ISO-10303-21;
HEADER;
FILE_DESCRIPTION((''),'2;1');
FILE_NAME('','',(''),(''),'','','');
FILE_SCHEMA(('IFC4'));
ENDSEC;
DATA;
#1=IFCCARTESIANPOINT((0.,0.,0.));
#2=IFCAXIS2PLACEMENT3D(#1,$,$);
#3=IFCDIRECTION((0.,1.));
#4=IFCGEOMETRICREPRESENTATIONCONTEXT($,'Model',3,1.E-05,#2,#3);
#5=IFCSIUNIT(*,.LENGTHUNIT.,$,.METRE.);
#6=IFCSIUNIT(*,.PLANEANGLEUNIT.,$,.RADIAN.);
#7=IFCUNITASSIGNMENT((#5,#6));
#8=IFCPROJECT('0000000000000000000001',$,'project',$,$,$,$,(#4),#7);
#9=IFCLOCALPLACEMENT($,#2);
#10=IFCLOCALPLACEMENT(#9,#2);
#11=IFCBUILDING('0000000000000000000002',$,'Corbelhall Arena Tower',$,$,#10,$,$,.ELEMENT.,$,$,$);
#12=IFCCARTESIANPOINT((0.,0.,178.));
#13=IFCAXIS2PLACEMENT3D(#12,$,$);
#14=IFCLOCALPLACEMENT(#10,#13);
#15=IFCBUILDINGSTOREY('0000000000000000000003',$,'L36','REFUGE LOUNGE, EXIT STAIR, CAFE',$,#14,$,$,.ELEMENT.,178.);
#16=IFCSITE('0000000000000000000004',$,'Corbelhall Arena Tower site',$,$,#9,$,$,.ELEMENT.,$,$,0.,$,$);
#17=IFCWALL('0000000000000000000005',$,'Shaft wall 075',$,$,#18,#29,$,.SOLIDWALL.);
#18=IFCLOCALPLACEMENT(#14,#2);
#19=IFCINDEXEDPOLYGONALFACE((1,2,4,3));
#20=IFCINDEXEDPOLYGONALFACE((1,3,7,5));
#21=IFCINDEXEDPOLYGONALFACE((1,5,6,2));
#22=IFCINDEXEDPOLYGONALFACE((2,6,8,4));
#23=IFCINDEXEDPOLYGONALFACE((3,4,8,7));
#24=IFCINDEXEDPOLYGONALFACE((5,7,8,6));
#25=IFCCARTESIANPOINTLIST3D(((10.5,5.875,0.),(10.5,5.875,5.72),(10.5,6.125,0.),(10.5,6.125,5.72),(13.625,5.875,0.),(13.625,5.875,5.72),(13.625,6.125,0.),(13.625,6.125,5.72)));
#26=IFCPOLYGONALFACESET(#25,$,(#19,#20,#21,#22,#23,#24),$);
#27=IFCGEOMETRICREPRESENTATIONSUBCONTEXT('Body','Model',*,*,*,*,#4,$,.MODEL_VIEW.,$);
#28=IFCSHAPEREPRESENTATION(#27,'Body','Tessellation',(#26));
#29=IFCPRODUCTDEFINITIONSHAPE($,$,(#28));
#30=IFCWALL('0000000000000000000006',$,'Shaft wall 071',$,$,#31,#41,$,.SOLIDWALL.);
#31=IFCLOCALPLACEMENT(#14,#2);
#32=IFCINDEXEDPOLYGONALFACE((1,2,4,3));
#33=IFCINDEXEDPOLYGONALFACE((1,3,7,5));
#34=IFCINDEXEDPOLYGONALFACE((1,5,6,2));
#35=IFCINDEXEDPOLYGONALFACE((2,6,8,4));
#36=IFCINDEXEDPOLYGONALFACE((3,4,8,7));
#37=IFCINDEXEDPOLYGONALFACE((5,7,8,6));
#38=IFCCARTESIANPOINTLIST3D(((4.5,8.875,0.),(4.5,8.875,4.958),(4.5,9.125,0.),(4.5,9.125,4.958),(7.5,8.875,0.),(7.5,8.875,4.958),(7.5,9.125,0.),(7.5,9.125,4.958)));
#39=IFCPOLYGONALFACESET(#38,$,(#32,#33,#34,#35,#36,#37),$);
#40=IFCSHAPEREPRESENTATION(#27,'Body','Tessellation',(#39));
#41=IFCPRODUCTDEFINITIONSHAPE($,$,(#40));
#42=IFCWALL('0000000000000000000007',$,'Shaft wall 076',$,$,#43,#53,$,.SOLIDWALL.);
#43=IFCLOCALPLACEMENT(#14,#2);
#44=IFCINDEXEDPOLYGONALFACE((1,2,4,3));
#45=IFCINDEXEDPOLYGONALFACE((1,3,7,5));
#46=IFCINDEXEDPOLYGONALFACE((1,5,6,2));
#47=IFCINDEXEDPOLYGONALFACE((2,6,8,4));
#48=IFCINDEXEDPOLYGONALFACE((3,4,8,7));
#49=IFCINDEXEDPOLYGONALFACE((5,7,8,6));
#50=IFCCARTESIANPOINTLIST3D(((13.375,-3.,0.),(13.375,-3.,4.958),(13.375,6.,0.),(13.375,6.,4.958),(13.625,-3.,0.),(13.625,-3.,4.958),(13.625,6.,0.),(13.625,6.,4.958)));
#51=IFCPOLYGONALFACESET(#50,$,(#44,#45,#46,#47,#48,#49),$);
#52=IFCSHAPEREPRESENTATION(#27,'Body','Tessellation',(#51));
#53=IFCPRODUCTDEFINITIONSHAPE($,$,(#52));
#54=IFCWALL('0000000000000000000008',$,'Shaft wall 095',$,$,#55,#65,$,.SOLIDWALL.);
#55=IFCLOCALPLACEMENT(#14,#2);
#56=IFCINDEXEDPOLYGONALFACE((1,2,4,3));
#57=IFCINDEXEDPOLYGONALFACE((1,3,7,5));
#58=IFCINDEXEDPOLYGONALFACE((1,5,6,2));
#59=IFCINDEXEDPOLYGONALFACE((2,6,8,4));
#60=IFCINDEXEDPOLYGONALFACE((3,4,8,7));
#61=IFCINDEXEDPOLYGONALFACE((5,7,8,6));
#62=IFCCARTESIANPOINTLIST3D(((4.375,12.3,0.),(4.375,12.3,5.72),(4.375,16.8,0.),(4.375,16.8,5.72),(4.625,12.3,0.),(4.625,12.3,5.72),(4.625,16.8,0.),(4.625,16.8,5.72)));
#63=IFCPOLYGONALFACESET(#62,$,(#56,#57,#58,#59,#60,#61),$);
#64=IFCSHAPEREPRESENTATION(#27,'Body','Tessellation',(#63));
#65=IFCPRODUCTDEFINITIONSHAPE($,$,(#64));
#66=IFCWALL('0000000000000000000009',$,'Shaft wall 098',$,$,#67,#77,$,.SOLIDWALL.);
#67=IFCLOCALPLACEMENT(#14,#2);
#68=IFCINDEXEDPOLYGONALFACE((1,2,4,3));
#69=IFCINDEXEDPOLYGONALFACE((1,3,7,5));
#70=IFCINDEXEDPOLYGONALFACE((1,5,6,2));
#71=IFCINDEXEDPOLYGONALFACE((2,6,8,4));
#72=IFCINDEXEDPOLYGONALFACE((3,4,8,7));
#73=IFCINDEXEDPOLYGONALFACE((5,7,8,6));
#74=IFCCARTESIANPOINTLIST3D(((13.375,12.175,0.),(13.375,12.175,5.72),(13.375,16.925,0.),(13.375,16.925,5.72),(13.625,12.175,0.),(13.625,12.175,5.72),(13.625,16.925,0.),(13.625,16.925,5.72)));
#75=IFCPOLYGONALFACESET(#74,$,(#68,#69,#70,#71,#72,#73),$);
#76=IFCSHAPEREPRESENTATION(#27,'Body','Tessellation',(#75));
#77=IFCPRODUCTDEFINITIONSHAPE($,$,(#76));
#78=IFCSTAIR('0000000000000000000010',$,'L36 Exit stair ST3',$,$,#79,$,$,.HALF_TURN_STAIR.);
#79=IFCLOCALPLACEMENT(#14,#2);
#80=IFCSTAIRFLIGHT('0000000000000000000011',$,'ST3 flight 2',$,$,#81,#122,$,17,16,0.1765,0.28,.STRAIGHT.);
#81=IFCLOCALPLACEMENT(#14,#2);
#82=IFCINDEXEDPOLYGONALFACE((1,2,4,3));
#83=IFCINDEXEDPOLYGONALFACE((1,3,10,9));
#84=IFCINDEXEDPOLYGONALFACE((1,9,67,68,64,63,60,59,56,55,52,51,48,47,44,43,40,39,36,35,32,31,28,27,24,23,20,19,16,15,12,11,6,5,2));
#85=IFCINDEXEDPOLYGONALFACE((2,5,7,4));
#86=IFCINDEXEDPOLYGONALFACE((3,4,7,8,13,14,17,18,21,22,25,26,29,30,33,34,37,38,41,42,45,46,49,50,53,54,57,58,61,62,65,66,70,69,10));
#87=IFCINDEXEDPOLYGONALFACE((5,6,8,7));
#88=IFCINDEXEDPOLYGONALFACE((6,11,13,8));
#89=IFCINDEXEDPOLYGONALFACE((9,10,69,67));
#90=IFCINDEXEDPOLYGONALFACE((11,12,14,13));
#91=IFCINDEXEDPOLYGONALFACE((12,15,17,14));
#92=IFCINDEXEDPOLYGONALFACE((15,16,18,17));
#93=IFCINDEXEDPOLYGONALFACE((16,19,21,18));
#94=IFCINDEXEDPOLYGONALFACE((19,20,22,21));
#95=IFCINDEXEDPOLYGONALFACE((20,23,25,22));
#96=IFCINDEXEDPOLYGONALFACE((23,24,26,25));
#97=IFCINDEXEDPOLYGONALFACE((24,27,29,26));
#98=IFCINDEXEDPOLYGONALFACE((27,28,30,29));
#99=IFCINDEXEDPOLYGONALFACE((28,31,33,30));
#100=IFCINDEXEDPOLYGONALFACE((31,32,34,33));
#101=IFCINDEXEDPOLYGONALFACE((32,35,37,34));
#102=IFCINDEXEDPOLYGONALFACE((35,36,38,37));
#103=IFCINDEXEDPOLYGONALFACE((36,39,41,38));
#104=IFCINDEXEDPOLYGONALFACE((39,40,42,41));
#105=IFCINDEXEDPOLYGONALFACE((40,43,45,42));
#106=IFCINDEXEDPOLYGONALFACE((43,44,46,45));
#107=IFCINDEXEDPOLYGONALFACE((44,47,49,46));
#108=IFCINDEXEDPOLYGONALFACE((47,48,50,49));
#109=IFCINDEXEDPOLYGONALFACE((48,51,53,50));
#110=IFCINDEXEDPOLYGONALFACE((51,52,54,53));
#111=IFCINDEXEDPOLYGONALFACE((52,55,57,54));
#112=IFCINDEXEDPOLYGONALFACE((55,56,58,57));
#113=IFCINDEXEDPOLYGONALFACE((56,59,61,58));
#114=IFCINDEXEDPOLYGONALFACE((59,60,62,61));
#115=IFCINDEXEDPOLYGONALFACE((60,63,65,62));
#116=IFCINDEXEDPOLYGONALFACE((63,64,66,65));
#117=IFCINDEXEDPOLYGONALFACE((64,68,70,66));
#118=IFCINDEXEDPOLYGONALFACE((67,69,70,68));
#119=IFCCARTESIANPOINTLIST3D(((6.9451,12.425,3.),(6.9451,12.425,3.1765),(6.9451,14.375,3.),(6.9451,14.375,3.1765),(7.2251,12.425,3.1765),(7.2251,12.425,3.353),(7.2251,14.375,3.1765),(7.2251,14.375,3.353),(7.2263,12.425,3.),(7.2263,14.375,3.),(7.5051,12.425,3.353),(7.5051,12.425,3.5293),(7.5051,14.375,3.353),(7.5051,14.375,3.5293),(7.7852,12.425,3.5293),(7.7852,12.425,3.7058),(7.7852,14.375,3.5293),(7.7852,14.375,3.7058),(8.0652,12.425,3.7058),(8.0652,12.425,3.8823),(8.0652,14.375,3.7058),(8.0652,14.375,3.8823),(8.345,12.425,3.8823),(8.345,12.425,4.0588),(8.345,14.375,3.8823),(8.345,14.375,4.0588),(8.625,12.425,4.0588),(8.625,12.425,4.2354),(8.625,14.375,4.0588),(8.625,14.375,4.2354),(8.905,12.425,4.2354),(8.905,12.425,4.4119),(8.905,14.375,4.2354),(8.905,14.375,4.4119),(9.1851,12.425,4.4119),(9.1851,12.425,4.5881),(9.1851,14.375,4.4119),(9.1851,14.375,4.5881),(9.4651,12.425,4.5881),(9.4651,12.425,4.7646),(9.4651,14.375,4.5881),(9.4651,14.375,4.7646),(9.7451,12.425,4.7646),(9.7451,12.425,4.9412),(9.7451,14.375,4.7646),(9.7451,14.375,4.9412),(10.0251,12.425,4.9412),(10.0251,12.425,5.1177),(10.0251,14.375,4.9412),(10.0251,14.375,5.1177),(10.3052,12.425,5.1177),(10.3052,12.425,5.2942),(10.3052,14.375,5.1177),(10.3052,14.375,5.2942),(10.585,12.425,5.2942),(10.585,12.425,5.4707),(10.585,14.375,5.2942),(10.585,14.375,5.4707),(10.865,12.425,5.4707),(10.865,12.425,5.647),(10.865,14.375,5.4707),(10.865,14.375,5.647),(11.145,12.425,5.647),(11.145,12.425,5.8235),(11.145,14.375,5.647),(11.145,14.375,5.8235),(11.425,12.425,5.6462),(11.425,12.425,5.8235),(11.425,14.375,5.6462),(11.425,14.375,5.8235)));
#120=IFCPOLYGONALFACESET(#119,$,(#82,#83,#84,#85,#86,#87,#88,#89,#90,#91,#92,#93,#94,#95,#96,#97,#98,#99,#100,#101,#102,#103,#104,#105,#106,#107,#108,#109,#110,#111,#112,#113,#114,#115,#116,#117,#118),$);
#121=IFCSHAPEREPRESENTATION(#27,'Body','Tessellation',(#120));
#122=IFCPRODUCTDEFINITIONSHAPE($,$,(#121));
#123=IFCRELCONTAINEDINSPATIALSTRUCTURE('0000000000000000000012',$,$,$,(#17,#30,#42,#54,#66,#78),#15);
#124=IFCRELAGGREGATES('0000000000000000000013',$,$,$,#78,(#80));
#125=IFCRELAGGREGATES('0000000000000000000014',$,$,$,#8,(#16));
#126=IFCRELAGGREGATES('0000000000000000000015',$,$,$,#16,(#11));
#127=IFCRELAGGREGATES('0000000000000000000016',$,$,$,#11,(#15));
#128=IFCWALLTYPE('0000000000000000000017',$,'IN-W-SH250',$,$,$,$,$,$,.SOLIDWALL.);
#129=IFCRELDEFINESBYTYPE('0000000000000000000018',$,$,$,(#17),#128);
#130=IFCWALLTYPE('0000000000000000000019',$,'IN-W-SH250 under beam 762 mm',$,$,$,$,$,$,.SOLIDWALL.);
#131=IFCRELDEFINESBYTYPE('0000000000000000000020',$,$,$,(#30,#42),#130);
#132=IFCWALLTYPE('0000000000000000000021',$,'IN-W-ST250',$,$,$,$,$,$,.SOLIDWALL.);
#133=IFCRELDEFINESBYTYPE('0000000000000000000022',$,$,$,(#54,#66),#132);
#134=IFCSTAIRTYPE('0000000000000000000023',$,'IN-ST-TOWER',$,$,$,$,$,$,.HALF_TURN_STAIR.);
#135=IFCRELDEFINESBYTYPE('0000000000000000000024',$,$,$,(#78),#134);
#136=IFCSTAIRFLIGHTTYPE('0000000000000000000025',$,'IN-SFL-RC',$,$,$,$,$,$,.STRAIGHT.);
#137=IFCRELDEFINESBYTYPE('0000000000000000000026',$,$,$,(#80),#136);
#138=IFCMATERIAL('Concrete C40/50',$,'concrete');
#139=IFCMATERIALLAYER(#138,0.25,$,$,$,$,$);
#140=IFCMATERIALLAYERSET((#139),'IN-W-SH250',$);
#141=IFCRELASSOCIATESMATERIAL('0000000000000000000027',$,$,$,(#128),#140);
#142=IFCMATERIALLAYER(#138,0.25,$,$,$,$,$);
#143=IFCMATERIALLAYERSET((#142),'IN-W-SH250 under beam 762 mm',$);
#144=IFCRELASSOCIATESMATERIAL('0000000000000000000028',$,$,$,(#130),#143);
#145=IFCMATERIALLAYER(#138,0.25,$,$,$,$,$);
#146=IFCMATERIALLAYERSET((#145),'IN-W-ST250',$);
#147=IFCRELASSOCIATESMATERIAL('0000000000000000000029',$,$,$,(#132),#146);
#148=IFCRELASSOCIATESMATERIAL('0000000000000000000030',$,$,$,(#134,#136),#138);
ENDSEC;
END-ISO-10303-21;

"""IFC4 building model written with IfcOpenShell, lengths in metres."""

from ifc_helpers import new_model, si_unit, direction, frame, frame_2d, origin, place, context, subcontext, project, spatial, polyline, rectangle, outline, extrude, material, layer, layer_set, type_object, element, aggregate, save


model = new_model("IFC4")

# Units and contexts
model_context = context("Model", 3, precision=1e-05, world=origin(), true_north=direction((0.0, 1.0)))
body_context = subcontext(model_context, "Body", "Model", "MODEL_VIEW")
ifc_project = project(units=[si_unit("LENGTHUNIT", "METRE"), si_unit("PLANEANGLEUNIT", "RADIAN")], contexts=[model_context])

# Site, building, storey
site_placement = place(None, origin())
site = spatial("IfcSite", under=ifc_project, at=site_placement, Name="Corbelhall Arena Tower site", CompositionType="ELEMENT", RefElevation=0.0)
building_placement = place(site_placement, origin())
building = spatial("IfcBuilding", under=site, at=building_placement, Name="Corbelhall Arena Tower", CompositionType="ELEMENT")
storey_placement = place(building_placement, frame((0.0, 0.0, 178.0)))
storey = spatial("IfcBuildingStorey", under=building, at=storey_placement, Name="L36", Description="REFUGE LOUNGE, EXIT STAIR, CAFE", CompositionType="ELEMENT", Elevation=178.0)

# Shared definitions
ifc_material_1 = material(Name="Concrete C40/50", Category="concrete")
ifc_layer_1 = layer(ifc_material_1, 0.25)
ifc_layer_set_1 = layer_set([ifc_layer_1], Name="IN-W-SH250")
wall_type_1 = type_object("IfcWallType", Name="IN-W-SH250", PredefinedType="SOLIDWALL", material=ifc_layer_set_1)

# Walls
wall_1_placement = place(storey_placement, frame((10.5, 6.0, 0.0), z_axis=(0.0, 0.0, 1.0), x_axis=(1.0, 0.0, 0.0)))
element("IfcWall", 1, at=wall_1_placement, inside=storey, type_object=wall_type_1, Name="Shaft wall 075", PredefinedType="SOLIDWALL", context=body_context, shape_type="SweptSolid", body=[
    extrude(rectangle(XDim=3.125, YDim=0.25, at=frame_2d((1.5625, 0.0))), origin(), (0.0, 0.0, 1.0), 5.72),
])
ifc_layer_2 = layer(ifc_material_1, 0.25)
ifc_layer_set_2 = layer_set([ifc_layer_2], Name="IN-W-SH250 under beam 762 mm")
wall_type_2 = type_object("IfcWallType", Name="IN-W-SH250 under beam 762 mm", PredefinedType="SOLIDWALL", material=ifc_layer_set_2)
wall_2_placement = place(storey_placement, frame((4.5, 9.0, 0.0), z_axis=(0.0, 0.0, 1.0), x_axis=(1.0, 0.0, 0.0)))
element("IfcWall", 2, at=wall_2_placement, inside=storey, type_object=wall_type_2, Name="Shaft wall 071", PredefinedType="SOLIDWALL", context=body_context, shape_type="SweptSolid", body=[
    extrude(rectangle(XDim=3.0, YDim=0.25, at=frame_2d((1.5, 0.0))), origin(), (0.0, 0.0, 1.0), 4.958),
])
wall_3_placement = place(storey_placement, frame((13.5, 6.0, 0.0), z_axis=(0.0, 0.0, 1.0), x_axis=(0.0, -1.0, 0.0)))
element("IfcWall", 3, at=wall_3_placement, inside=storey, type_object=wall_type_2, Name="Shaft wall 076", PredefinedType="SOLIDWALL", context=body_context, shape_type="SweptSolid", body=[
    extrude(rectangle(XDim=9.0, YDim=0.25, at=frame_2d((4.5, 0.0))), origin(), (0.0, 0.0, 1.0), 4.958),
])
ifc_layer_3 = layer(ifc_material_1, 0.25)
ifc_layer_set_3 = layer_set([ifc_layer_3], Name="IN-W-ST250")
wall_type_3 = type_object("IfcWallType", Name="IN-W-ST250", PredefinedType="SOLIDWALL", material=ifc_layer_set_3)
wall_4_placement = place(storey_placement, frame((4.5, 12.3, 0.0), z_axis=(0.0, 0.0, 1.0), x_axis=(0.0, 1.0, 0.0)))
element("IfcWall", 4, at=wall_4_placement, inside=storey, type_object=wall_type_3, Name="Shaft wall 095", PredefinedType="SOLIDWALL", context=body_context, shape_type="SweptSolid", body=[
    extrude(rectangle(XDim=4.5, YDim=0.25, at=frame_2d((2.25, 0.0))), origin(), (0.0, 0.0, 1.0), 5.72),
])
wall_5_placement = place(storey_placement, frame((13.5, 12.175, 0.0), z_axis=(0.0, 0.0, 1.0), x_axis=(0.0, 1.0, 0.0)))
element("IfcWall", 5, at=wall_5_placement, inside=storey, type_object=wall_type_3, Name="Shaft wall 098", PredefinedType="SOLIDWALL", context=body_context, shape_type="SweptSolid", body=[
    extrude(rectangle(XDim=4.75, YDim=0.25, at=frame_2d((2.375, 0.0))), origin(), (0.0, 0.0, 1.0), 5.72),
])

# Stair, stair flight
stair_type = type_object("IfcStairType", Name="IN-ST-TOWER", PredefinedType="HALF_TURN_STAIR", material=ifc_material_1)
stair_placement = place(storey_placement, origin())
stair = element("IfcStair", 6, at=stair_placement, inside=storey, type_object=stair_type, Name="L36 Exit stair ST3", PredefinedType="HALF_TURN_STAIR")
stair_flight_type = type_object("IfcStairFlightType", Name="IN-SFL-RC", PredefinedType="STRAIGHT", material=ifc_material_1)
stair_flight_placement = place(storey_placement, frame((6.9451, 13.3999, 3.0), z_axis=(0.0, 0.0, 1.0), x_axis=(1.0, 0.0, 0.0)))
stair_flight = element("IfcStairFlight", 7, at=stair_flight_placement, type_object=stair_flight_type, Name="ST3 flight 2", NumberOfRisers=17, NumberOfTreads=16, PredefinedType="STRAIGHT", RiserHeight=0.1765, TreadLength=0.28, context=body_context, shape_type="SweptSolid", body=[
    extrude(outline(polyline([(0.0, 0.0), (0.0, 0.1765), (0.28, 0.1765), (0.28, 0.353), (0.5601, 0.353), (0.5601, 0.5293), (0.8401, 0.5293), (0.8401, 0.7058), (1.1201, 0.7058), (1.1201, 0.8823), (1.3999, 0.8823), (1.3999, 1.0588), (1.6799, 1.0588), (1.6799, 1.2354), (1.96, 1.2354), (1.96, 1.4119), (2.24, 1.4119), (2.24, 1.5881), (2.52, 1.5881), (2.52, 1.7646), (2.8, 1.7646), (2.8, 1.9412), (3.0801, 1.9412), (3.0801, 2.1177), (3.3601, 2.1177), (3.3601, 2.2942), (3.6399, 2.2942), (3.6399, 2.4707), (3.9199, 2.4707), (3.9199, 2.647), (4.2, 2.647), (4.2, 2.8235), (4.48, 2.8235), (4.48, 3.0), (4.48, 2.6462), (0.2812, 0.0), (0.0, 0.0)])), frame((0.0, 0.9751, 0.0), z_axis=(0.0, -1.0, 0.0), x_axis=(1.0, 0.0, 0.0)), (0.0, 0.0, 1.0), 1.95),
])
aggregate(stair, [stair_flight])

save(model, "model.ifc")
